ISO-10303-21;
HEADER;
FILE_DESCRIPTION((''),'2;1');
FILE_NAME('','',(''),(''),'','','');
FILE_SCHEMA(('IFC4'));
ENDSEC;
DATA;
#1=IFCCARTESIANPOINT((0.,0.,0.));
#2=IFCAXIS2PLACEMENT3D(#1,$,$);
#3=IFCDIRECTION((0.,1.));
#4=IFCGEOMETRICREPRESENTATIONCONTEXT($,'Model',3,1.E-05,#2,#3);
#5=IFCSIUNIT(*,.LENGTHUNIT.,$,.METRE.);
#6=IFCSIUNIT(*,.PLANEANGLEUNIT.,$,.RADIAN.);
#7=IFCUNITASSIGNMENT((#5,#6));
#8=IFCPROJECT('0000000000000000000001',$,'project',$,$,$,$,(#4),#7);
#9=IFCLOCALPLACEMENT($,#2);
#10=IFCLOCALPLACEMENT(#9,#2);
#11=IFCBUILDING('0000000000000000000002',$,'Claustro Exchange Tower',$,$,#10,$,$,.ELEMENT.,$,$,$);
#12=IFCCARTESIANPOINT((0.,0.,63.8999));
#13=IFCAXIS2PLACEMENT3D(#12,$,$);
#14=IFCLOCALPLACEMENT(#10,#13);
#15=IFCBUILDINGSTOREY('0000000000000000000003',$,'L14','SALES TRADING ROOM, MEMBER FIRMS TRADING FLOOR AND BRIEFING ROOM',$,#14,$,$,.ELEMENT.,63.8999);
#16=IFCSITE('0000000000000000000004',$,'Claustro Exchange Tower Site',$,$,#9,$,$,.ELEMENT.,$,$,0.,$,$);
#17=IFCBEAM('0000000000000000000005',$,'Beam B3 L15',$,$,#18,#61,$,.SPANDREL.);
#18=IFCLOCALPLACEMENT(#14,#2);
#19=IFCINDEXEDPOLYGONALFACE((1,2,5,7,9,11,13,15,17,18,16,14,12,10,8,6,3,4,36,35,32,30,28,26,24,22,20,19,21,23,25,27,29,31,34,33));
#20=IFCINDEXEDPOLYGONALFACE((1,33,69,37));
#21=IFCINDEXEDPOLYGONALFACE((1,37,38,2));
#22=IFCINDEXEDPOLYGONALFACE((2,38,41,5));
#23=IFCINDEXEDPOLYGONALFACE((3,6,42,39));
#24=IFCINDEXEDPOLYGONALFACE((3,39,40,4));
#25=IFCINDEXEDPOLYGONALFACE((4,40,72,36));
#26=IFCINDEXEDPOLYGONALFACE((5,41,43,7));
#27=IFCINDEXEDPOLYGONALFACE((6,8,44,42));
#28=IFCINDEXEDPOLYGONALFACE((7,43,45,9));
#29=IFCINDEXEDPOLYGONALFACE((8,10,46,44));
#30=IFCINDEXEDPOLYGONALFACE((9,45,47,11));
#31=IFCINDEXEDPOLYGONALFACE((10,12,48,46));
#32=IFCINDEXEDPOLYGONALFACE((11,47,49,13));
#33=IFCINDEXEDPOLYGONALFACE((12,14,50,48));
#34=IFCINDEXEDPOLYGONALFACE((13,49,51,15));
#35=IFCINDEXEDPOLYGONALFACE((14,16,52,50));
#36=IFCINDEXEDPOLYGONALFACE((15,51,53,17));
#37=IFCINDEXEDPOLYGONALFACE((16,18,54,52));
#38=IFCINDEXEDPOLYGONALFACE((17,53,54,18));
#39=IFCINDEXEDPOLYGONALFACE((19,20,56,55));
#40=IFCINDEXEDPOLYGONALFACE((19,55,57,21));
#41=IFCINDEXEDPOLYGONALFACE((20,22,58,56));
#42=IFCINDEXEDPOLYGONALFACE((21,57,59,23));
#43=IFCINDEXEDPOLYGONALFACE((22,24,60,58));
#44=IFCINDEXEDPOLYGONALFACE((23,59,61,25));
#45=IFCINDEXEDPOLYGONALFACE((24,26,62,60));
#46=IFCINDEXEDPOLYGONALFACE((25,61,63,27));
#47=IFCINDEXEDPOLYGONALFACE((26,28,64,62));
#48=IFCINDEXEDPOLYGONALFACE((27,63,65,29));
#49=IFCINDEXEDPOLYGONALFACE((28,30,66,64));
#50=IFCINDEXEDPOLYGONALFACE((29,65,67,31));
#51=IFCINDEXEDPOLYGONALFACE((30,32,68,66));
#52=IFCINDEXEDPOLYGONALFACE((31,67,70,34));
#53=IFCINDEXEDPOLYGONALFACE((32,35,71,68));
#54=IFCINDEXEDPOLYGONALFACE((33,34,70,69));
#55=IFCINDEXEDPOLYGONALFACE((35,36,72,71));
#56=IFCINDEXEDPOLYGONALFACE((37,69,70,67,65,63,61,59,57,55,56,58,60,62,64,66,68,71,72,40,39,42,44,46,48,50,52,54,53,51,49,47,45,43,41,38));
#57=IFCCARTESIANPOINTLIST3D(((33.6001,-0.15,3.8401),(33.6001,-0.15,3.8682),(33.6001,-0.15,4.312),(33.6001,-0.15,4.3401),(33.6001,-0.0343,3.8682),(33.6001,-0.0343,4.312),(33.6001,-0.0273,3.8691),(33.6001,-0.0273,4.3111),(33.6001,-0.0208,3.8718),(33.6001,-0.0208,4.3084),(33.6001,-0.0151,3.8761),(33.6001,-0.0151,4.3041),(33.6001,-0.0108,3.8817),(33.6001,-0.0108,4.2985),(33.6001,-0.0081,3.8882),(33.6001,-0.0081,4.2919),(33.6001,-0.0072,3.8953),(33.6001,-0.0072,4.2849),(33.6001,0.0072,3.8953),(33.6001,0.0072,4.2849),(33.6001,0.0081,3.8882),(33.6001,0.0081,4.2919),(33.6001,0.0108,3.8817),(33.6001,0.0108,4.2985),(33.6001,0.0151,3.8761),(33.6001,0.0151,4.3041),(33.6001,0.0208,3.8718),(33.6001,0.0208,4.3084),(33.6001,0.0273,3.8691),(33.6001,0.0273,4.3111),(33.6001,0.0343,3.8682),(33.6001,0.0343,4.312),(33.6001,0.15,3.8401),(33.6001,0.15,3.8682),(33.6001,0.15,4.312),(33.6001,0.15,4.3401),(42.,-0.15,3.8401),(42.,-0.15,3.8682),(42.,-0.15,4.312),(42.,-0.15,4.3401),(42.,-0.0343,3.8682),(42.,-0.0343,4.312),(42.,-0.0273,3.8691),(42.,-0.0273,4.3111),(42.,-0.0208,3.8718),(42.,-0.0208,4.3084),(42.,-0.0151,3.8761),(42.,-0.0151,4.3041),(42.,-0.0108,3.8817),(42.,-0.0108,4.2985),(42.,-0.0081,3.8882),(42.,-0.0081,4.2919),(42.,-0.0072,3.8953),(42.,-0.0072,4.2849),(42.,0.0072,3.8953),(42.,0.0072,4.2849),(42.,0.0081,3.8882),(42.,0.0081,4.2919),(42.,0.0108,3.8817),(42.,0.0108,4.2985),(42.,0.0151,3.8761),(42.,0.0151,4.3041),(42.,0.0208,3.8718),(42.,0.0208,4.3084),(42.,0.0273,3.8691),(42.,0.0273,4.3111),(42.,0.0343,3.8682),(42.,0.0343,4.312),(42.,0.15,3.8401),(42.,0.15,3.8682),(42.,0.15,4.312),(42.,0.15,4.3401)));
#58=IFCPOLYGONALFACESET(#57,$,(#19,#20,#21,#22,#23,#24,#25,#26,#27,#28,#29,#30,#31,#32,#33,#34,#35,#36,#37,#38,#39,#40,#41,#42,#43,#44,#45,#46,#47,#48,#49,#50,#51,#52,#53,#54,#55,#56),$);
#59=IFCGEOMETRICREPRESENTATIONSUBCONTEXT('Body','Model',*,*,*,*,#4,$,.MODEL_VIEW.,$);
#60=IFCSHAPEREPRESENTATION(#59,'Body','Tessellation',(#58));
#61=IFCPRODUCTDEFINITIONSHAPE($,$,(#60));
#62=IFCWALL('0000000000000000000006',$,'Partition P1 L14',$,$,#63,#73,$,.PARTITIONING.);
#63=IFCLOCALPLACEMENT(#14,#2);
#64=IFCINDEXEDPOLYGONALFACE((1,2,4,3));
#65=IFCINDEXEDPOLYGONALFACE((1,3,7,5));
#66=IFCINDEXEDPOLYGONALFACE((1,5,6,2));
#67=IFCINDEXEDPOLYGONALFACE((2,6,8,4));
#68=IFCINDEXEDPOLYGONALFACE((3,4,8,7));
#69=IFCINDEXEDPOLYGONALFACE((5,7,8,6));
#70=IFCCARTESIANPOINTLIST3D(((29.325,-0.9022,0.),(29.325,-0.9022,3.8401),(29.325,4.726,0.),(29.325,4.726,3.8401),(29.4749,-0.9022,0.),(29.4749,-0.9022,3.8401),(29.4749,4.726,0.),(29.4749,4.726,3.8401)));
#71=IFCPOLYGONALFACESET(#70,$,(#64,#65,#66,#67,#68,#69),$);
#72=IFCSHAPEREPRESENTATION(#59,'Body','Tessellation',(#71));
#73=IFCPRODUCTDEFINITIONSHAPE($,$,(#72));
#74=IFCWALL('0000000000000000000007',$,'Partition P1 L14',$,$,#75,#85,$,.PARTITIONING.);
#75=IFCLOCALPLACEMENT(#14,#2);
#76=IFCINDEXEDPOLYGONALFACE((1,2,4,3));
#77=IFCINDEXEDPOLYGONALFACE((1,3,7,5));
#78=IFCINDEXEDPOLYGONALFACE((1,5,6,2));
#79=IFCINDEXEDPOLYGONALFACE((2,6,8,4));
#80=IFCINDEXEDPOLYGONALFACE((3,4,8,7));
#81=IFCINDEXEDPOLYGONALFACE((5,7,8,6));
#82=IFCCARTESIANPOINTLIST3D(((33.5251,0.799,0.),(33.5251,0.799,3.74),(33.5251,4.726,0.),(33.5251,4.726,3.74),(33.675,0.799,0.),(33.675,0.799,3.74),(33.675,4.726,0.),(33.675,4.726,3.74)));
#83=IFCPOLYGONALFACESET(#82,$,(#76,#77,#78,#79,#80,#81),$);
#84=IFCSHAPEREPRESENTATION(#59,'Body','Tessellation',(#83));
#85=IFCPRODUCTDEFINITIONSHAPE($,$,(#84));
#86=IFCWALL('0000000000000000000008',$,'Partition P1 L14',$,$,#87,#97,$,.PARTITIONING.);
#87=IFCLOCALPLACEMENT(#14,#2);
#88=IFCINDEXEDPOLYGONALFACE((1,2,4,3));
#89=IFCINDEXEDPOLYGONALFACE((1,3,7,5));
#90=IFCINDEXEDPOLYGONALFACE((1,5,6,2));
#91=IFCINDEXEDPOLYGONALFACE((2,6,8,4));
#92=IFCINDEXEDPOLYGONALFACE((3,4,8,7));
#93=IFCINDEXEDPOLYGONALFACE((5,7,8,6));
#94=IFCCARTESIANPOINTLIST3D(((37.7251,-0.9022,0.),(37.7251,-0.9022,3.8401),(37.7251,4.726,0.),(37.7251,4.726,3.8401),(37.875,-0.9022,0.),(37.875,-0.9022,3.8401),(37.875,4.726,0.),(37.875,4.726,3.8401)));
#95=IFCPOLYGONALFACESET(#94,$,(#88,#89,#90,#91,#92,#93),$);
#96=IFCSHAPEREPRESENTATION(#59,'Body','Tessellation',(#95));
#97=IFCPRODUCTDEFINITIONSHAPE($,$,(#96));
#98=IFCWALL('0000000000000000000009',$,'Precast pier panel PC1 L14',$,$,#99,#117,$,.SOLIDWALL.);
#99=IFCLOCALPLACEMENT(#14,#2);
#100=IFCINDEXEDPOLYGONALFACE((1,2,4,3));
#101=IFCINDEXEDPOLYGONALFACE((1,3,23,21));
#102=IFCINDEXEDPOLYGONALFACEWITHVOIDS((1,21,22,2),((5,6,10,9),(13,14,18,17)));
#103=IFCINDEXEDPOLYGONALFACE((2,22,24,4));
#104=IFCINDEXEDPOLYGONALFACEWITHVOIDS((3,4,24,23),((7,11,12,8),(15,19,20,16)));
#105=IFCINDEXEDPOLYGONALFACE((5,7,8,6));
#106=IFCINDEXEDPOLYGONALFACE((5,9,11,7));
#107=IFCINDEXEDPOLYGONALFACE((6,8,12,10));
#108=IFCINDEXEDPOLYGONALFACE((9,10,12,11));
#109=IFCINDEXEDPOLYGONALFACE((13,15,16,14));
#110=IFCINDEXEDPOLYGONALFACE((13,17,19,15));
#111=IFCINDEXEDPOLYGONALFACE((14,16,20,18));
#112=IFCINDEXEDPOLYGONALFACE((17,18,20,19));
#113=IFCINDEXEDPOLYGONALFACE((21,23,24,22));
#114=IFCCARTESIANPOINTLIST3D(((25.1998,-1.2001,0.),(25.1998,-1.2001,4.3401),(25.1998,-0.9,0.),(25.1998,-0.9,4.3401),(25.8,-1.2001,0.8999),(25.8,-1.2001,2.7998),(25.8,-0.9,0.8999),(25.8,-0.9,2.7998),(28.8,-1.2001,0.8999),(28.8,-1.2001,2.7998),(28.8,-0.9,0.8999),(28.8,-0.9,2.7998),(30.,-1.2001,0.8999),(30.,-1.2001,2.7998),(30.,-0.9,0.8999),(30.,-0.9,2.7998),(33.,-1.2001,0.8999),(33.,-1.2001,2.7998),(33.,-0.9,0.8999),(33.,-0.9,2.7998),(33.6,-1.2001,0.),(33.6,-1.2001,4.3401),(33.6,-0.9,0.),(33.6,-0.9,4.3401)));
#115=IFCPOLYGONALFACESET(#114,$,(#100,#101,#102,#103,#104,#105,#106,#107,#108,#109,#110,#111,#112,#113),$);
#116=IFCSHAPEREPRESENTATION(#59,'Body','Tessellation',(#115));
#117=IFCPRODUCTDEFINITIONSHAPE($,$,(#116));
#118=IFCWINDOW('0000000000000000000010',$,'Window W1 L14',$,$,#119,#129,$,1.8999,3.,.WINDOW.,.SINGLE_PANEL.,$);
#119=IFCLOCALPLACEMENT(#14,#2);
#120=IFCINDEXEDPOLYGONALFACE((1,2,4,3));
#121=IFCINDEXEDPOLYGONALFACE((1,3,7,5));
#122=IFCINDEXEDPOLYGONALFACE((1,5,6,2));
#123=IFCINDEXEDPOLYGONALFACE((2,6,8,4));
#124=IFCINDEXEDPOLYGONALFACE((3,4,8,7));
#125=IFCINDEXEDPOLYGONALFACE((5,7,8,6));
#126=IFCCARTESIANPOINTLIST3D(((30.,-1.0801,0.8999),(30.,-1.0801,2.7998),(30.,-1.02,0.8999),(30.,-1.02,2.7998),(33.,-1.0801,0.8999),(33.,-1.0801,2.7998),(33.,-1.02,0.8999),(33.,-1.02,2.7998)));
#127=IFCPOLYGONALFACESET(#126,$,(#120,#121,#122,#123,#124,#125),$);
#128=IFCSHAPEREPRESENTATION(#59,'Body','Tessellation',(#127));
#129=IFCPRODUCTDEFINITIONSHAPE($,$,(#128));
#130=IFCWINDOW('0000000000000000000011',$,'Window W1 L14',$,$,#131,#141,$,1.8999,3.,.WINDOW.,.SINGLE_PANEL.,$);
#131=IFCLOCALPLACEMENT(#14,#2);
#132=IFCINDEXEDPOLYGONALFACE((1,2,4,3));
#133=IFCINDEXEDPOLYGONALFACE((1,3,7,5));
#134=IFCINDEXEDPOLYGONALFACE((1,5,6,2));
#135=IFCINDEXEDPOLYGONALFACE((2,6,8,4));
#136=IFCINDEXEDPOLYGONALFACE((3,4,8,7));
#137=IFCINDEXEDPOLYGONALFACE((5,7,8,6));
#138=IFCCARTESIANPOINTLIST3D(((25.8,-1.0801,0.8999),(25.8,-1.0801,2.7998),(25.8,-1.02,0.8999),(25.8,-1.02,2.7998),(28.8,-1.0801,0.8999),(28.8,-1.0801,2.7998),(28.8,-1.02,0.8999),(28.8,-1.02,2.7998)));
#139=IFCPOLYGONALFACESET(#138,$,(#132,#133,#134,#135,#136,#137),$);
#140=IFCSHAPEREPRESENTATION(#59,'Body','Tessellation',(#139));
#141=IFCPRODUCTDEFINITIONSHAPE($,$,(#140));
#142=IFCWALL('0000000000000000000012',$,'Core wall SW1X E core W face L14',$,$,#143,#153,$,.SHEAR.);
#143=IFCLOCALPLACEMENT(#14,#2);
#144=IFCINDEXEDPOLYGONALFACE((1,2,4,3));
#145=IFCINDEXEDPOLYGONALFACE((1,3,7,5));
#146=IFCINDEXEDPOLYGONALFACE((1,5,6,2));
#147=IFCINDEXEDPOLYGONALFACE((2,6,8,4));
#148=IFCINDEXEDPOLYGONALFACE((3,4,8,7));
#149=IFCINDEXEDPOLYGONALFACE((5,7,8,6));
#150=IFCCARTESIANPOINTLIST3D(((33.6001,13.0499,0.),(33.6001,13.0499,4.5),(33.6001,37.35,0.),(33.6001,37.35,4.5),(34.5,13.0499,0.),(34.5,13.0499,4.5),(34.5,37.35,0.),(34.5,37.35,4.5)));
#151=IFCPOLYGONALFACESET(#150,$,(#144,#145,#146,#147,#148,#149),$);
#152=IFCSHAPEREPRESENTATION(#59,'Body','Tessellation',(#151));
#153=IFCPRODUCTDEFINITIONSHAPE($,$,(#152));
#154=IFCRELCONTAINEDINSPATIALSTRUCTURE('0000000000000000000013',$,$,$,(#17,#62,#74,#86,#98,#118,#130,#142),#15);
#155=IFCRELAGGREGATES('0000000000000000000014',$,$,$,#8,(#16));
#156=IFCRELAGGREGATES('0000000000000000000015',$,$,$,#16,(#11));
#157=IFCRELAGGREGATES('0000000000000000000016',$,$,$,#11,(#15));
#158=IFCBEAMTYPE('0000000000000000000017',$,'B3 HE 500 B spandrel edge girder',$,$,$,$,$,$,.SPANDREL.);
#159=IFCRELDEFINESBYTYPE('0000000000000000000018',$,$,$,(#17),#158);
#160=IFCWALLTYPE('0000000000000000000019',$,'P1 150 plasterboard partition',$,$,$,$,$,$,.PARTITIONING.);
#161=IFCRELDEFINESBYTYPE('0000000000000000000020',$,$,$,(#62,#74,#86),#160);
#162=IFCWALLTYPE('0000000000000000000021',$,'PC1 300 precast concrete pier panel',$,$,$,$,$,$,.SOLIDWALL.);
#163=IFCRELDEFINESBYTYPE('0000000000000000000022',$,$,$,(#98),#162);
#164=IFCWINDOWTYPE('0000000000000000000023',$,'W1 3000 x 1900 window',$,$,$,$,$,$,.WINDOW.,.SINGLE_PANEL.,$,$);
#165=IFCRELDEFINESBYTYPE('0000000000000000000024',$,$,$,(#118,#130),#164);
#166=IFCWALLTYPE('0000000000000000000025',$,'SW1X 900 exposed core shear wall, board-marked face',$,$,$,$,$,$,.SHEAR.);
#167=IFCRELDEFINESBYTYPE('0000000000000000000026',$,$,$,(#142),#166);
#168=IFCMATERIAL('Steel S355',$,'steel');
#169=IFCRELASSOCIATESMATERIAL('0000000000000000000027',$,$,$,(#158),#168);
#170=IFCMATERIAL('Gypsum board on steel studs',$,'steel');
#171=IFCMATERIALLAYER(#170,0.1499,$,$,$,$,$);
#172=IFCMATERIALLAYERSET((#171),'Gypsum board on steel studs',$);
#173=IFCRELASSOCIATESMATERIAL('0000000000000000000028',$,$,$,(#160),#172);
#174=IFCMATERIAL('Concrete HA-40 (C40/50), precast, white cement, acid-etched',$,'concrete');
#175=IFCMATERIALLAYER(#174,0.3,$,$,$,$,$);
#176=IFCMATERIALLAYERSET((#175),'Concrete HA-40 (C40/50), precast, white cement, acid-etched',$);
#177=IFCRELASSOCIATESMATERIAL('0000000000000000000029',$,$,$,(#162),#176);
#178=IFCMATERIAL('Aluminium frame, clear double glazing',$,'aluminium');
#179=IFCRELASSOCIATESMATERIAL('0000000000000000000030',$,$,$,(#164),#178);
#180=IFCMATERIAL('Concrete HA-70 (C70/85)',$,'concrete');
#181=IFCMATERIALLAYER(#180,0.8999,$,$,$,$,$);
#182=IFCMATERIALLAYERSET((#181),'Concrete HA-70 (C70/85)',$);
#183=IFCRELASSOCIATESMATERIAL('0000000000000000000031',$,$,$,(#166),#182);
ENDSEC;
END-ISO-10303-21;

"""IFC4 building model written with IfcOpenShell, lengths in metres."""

from ifc_helpers import new_model, si_unit, direction, frame, frame_2d, origin, origin_2d, place, context, subcontext, project, spatial, rectangle, i_section, extrude, material, layer, layer_set, material_profile, profile_set, type_object, element, fill, save


model = new_model("IFC4")

# Units and contexts
model_context = context("Model", 3, precision=1e-05, world=origin(), true_north=direction((0.0, 1.0)))
body_context = subcontext(model_context, "Body", "Model", "MODEL_VIEW")
ifc_project = project(units=[si_unit("LENGTHUNIT", "METRE"), si_unit("PLANEANGLEUNIT", "RADIAN")], contexts=[model_context])

# Site, building, storey
site_placement = place(None, origin())
site = spatial("IfcSite", under=ifc_project, at=site_placement, Name="Claustro Exchange Tower Site", CompositionType="ELEMENT", RefElevation=0.0)
building_placement = place(site_placement, origin())
building = spatial("IfcBuilding", under=site, at=building_placement, Name="Claustro Exchange Tower", CompositionType="ELEMENT")
storey_placement = place(building_placement, frame((0.0, 0.0, 63.8999)))
storey = spatial("IfcBuildingStorey", under=building, at=storey_placement, Name="L14", Description="SALES TRADING ROOM, MEMBER FIRMS TRADING FLOOR AND BRIEFING ROOM", CompositionType="ELEMENT", Elevation=63.8999)

# Beam
ifc_material_1 = material(Name="Steel S355", Category="steel")
ifc_material_profile_1 = material_profile(ifc_material_1, i_section(OverallWidth=0.3, OverallDepth=0.5, WebThickness=0.0144, FlangeThickness=0.0281, FilletRadius=0.0271, at=origin_2d()), Name="HE 500 B")
ifc_profile_set_1 = profile_set([ifc_material_profile_1], Name="Steel S355")
beam_type_1 = type_object("IfcBeamType", Name="B3 HE 500 B spandrel edge girder", PredefinedType="SPANDREL", material=ifc_profile_set_1)
beam_1_placement = place(storey_placement, frame((33.6001, 0.0, 4.0901), z_axis=(1.0, 0.0, 0.0), x_axis=(0.0, 1.0, 0.0)))
element("IfcBeam", 1, at=beam_1_placement, inside=storey, type_object=beam_type_1, Name="Beam B3 L15", PredefinedType="SPANDREL", context=body_context, shape_type="SweptSolid", body=[
    extrude(i_section(OverallWidth=0.3, OverallDepth=0.5, WebThickness=0.0144, FlangeThickness=0.0281, FilletRadius=0.0271, at=origin_2d()), origin(), (0.0, 0.0, 1.0), 8.3999),
])

# Walls
ifc_material_2 = material(Name="Gypsum board on steel studs", Category="steel")
ifc_layer_1 = layer(ifc_material_2, 0.1499)
ifc_layer_set_1 = layer_set([ifc_layer_1], Name="Gypsum board on steel studs")
wall_type_1 = type_object("IfcWallType", Name="P1 150 plasterboard partition", PredefinedType="PARTITIONING", material=ifc_layer_set_1)
wall_1_placement = place(storey_placement, frame((29.3999, -0.9021, 0.0), z_axis=(0.0, 0.0, 1.0), x_axis=(0.0, 1.0, 0.0)))
element("IfcWall", 2, at=wall_1_placement, inside=storey, type_object=wall_type_1, Name="Partition P1 L14", PredefinedType="PARTITIONING", context=body_context, shape_type="SweptSolid", body=[
    extrude(rectangle(XDim=5.6282, YDim=0.1499, at=frame_2d((2.814, 0.0))), origin(), (0.0, 0.0, 1.0), 3.8401),
])
wall_2_placement = place(storey_placement, frame((33.6001, 0.7991, 0.0), z_axis=(0.0, 0.0, 1.0), x_axis=(0.0, 1.0, 0.0)))
element("IfcWall", 3, at=wall_2_placement, inside=storey, type_object=wall_type_1, Name="Partition P1 L14", PredefinedType="PARTITIONING", context=body_context, shape_type="SweptSolid", body=[
    extrude(rectangle(XDim=3.927, YDim=0.1499, at=frame_2d((1.9634, 0.0))), origin(), (0.0, 0.0, 1.0), 3.74),
])
wall_3_placement = place(storey_placement, frame((37.8, -0.9021, 0.0), z_axis=(0.0, 0.0, 1.0), x_axis=(0.0, 1.0, 0.0)))
element("IfcWall", 4, at=wall_3_placement, inside=storey, type_object=wall_type_1, Name="Partition P1 L14", PredefinedType="PARTITIONING", context=body_context, shape_type="SweptSolid", body=[
    extrude(rectangle(XDim=5.6282, YDim=0.1499, at=frame_2d((2.814, 0.0))), origin(), (0.0, 0.0, 1.0), 3.8401),
])

# Wall, openings, windows
ifc_material_3 = material(Name="Concrete HA-40 (C40/50), precast, white cement, acid-etched", Category="concrete")
ifc_layer_2 = layer(ifc_material_3, 0.3)
ifc_layer_set_2 = layer_set([ifc_layer_2], Name="Concrete HA-40 (C40/50), precast, white cement, acid-etched")
wall_type_2 = type_object("IfcWallType", Name="PC1 300 precast concrete pier panel", PredefinedType="SOLIDWALL", material=ifc_layer_set_2)
wall_4_placement = place(storey_placement, frame((33.6001, -1.05, 0.0), z_axis=(0.0, 0.0, 1.0), x_axis=(-1.0, 0.0, 0.0)))
wall_4 = element("IfcWall", 5, at=wall_4_placement, inside=storey, type_object=wall_type_2, Name="Precast pier panel PC1 L14", PredefinedType="SOLIDWALL", context=body_context, shape_type="SweptSolid", body=[
    extrude(rectangle(XDim=8.4001, YDim=0.3, at=frame_2d((4.2002, 0.0))), origin(), (0.0, 0.0, 1.0), 4.3401),
])
opening_1_placement = place(wall_4_placement, frame((0.6001, 0.0, 0.8999)))
opening_1 = element("IfcOpeningElement", 6, at=opening_1_placement, cuts=wall_4, PredefinedType="OPENING", context=body_context, shape_type="SweptSolid", body=[
    extrude(rectangle(XDim=3.0, YDim=1.8999, at=frame_2d((1.5, 0.95))), frame((0.0, 0.1599, 0.0), z_axis=(0.0, -1.0, 0.0), x_axis=(1.0, 0.0, 0.0)), (0.0, 0.0, 1.0), 0.3201),
])
opening_2_placement = place(wall_4_placement, frame((4.8, 0.0, 0.8999)))
opening_2 = element("IfcOpeningElement", 7, at=opening_2_placement, cuts=wall_4, PredefinedType="OPENING", context=body_context, shape_type="SweptSolid", body=[
    extrude(rectangle(XDim=3.0, YDim=1.8999, at=frame_2d((1.5, 0.95))), frame((0.0, 0.1599, 0.0), z_axis=(0.0, -1.0, 0.0), x_axis=(1.0, 0.0, 0.0)), (0.0, 0.0, 1.0), 0.3201),
])
ifc_material_4 = material(Name="Aluminium frame, clear double glazing", Category="aluminium")
window_type = type_object("IfcWindowType", Name="W1 3000 x 1900 window", PartitioningType="SINGLE_PANEL", PredefinedType="WINDOW", material=ifc_material_4)
window_1_placement = place(opening_1_placement, origin())
window_1 = element("IfcWindow", 8, at=window_1_placement, inside=storey, type_object=window_type, Name="Window W1 L14", OverallHeight=1.8999, OverallWidth=3.0, PartitioningType="SINGLE_PANEL", PredefinedType="WINDOW", context=body_context, shape_type="SweptSolid", body=[
    extrude(rectangle(XDim=3.0, YDim=1.8999, at=frame_2d((1.5, 0.95))), frame((0.0, 0.03, 0.0), z_axis=(0.0, -1.0, 0.0), x_axis=(1.0, 0.0, 0.0)), (0.0, 0.0, 1.0), 0.0601),
])
fill(opening_1, window_1)
window_2_placement = place(opening_2_placement, origin())
window_2 = element("IfcWindow", 9, at=window_2_placement, inside=storey, type_object=window_type, Name="Window W1 L14", OverallHeight=1.8999, OverallWidth=3.0, PartitioningType="SINGLE_PANEL", PredefinedType="WINDOW", context=body_context, shape_type="SweptSolid", body=[
    extrude(rectangle(XDim=3.0, YDim=1.8999, at=frame_2d((1.5, 0.95))), frame((0.0, 0.03, 0.0), z_axis=(0.0, -1.0, 0.0), x_axis=(1.0, 0.0, 0.0)), (0.0, 0.0, 1.0), 0.0601),
])
fill(opening_2, window_2)

# Wall
ifc_material_5 = material(Name="Concrete HA-70 (C70/85)", Category="concrete")
ifc_layer_3 = layer(ifc_material_5, 0.8999)
ifc_layer_set_3 = layer_set([ifc_layer_3], Name="Concrete HA-70 (C70/85)")
wall_type_3 = type_object("IfcWallType", Name="SW1X 900 exposed core shear wall, board-marked face", PredefinedType="SHEAR", material=ifc_layer_set_3)
wall_5_placement = place(storey_placement, frame((34.05, 13.05, 0.0), z_axis=(0.0, 0.0, 1.0), x_axis=(0.0, 1.0, 0.0)))
element("IfcWall", 10, at=wall_5_placement, inside=storey, type_object=wall_type_3, Name="Core wall SW1X E core W face L14", PredefinedType="SHEAR", context=body_context, shape_type="SweptSolid", body=[
    extrude(rectangle(XDim=24.3, YDim=0.8999, at=frame_2d((12.1499, 0.0))), origin(), (0.0, 0.0, 1.0), 4.5),
])

save(model, "model.ifc")
